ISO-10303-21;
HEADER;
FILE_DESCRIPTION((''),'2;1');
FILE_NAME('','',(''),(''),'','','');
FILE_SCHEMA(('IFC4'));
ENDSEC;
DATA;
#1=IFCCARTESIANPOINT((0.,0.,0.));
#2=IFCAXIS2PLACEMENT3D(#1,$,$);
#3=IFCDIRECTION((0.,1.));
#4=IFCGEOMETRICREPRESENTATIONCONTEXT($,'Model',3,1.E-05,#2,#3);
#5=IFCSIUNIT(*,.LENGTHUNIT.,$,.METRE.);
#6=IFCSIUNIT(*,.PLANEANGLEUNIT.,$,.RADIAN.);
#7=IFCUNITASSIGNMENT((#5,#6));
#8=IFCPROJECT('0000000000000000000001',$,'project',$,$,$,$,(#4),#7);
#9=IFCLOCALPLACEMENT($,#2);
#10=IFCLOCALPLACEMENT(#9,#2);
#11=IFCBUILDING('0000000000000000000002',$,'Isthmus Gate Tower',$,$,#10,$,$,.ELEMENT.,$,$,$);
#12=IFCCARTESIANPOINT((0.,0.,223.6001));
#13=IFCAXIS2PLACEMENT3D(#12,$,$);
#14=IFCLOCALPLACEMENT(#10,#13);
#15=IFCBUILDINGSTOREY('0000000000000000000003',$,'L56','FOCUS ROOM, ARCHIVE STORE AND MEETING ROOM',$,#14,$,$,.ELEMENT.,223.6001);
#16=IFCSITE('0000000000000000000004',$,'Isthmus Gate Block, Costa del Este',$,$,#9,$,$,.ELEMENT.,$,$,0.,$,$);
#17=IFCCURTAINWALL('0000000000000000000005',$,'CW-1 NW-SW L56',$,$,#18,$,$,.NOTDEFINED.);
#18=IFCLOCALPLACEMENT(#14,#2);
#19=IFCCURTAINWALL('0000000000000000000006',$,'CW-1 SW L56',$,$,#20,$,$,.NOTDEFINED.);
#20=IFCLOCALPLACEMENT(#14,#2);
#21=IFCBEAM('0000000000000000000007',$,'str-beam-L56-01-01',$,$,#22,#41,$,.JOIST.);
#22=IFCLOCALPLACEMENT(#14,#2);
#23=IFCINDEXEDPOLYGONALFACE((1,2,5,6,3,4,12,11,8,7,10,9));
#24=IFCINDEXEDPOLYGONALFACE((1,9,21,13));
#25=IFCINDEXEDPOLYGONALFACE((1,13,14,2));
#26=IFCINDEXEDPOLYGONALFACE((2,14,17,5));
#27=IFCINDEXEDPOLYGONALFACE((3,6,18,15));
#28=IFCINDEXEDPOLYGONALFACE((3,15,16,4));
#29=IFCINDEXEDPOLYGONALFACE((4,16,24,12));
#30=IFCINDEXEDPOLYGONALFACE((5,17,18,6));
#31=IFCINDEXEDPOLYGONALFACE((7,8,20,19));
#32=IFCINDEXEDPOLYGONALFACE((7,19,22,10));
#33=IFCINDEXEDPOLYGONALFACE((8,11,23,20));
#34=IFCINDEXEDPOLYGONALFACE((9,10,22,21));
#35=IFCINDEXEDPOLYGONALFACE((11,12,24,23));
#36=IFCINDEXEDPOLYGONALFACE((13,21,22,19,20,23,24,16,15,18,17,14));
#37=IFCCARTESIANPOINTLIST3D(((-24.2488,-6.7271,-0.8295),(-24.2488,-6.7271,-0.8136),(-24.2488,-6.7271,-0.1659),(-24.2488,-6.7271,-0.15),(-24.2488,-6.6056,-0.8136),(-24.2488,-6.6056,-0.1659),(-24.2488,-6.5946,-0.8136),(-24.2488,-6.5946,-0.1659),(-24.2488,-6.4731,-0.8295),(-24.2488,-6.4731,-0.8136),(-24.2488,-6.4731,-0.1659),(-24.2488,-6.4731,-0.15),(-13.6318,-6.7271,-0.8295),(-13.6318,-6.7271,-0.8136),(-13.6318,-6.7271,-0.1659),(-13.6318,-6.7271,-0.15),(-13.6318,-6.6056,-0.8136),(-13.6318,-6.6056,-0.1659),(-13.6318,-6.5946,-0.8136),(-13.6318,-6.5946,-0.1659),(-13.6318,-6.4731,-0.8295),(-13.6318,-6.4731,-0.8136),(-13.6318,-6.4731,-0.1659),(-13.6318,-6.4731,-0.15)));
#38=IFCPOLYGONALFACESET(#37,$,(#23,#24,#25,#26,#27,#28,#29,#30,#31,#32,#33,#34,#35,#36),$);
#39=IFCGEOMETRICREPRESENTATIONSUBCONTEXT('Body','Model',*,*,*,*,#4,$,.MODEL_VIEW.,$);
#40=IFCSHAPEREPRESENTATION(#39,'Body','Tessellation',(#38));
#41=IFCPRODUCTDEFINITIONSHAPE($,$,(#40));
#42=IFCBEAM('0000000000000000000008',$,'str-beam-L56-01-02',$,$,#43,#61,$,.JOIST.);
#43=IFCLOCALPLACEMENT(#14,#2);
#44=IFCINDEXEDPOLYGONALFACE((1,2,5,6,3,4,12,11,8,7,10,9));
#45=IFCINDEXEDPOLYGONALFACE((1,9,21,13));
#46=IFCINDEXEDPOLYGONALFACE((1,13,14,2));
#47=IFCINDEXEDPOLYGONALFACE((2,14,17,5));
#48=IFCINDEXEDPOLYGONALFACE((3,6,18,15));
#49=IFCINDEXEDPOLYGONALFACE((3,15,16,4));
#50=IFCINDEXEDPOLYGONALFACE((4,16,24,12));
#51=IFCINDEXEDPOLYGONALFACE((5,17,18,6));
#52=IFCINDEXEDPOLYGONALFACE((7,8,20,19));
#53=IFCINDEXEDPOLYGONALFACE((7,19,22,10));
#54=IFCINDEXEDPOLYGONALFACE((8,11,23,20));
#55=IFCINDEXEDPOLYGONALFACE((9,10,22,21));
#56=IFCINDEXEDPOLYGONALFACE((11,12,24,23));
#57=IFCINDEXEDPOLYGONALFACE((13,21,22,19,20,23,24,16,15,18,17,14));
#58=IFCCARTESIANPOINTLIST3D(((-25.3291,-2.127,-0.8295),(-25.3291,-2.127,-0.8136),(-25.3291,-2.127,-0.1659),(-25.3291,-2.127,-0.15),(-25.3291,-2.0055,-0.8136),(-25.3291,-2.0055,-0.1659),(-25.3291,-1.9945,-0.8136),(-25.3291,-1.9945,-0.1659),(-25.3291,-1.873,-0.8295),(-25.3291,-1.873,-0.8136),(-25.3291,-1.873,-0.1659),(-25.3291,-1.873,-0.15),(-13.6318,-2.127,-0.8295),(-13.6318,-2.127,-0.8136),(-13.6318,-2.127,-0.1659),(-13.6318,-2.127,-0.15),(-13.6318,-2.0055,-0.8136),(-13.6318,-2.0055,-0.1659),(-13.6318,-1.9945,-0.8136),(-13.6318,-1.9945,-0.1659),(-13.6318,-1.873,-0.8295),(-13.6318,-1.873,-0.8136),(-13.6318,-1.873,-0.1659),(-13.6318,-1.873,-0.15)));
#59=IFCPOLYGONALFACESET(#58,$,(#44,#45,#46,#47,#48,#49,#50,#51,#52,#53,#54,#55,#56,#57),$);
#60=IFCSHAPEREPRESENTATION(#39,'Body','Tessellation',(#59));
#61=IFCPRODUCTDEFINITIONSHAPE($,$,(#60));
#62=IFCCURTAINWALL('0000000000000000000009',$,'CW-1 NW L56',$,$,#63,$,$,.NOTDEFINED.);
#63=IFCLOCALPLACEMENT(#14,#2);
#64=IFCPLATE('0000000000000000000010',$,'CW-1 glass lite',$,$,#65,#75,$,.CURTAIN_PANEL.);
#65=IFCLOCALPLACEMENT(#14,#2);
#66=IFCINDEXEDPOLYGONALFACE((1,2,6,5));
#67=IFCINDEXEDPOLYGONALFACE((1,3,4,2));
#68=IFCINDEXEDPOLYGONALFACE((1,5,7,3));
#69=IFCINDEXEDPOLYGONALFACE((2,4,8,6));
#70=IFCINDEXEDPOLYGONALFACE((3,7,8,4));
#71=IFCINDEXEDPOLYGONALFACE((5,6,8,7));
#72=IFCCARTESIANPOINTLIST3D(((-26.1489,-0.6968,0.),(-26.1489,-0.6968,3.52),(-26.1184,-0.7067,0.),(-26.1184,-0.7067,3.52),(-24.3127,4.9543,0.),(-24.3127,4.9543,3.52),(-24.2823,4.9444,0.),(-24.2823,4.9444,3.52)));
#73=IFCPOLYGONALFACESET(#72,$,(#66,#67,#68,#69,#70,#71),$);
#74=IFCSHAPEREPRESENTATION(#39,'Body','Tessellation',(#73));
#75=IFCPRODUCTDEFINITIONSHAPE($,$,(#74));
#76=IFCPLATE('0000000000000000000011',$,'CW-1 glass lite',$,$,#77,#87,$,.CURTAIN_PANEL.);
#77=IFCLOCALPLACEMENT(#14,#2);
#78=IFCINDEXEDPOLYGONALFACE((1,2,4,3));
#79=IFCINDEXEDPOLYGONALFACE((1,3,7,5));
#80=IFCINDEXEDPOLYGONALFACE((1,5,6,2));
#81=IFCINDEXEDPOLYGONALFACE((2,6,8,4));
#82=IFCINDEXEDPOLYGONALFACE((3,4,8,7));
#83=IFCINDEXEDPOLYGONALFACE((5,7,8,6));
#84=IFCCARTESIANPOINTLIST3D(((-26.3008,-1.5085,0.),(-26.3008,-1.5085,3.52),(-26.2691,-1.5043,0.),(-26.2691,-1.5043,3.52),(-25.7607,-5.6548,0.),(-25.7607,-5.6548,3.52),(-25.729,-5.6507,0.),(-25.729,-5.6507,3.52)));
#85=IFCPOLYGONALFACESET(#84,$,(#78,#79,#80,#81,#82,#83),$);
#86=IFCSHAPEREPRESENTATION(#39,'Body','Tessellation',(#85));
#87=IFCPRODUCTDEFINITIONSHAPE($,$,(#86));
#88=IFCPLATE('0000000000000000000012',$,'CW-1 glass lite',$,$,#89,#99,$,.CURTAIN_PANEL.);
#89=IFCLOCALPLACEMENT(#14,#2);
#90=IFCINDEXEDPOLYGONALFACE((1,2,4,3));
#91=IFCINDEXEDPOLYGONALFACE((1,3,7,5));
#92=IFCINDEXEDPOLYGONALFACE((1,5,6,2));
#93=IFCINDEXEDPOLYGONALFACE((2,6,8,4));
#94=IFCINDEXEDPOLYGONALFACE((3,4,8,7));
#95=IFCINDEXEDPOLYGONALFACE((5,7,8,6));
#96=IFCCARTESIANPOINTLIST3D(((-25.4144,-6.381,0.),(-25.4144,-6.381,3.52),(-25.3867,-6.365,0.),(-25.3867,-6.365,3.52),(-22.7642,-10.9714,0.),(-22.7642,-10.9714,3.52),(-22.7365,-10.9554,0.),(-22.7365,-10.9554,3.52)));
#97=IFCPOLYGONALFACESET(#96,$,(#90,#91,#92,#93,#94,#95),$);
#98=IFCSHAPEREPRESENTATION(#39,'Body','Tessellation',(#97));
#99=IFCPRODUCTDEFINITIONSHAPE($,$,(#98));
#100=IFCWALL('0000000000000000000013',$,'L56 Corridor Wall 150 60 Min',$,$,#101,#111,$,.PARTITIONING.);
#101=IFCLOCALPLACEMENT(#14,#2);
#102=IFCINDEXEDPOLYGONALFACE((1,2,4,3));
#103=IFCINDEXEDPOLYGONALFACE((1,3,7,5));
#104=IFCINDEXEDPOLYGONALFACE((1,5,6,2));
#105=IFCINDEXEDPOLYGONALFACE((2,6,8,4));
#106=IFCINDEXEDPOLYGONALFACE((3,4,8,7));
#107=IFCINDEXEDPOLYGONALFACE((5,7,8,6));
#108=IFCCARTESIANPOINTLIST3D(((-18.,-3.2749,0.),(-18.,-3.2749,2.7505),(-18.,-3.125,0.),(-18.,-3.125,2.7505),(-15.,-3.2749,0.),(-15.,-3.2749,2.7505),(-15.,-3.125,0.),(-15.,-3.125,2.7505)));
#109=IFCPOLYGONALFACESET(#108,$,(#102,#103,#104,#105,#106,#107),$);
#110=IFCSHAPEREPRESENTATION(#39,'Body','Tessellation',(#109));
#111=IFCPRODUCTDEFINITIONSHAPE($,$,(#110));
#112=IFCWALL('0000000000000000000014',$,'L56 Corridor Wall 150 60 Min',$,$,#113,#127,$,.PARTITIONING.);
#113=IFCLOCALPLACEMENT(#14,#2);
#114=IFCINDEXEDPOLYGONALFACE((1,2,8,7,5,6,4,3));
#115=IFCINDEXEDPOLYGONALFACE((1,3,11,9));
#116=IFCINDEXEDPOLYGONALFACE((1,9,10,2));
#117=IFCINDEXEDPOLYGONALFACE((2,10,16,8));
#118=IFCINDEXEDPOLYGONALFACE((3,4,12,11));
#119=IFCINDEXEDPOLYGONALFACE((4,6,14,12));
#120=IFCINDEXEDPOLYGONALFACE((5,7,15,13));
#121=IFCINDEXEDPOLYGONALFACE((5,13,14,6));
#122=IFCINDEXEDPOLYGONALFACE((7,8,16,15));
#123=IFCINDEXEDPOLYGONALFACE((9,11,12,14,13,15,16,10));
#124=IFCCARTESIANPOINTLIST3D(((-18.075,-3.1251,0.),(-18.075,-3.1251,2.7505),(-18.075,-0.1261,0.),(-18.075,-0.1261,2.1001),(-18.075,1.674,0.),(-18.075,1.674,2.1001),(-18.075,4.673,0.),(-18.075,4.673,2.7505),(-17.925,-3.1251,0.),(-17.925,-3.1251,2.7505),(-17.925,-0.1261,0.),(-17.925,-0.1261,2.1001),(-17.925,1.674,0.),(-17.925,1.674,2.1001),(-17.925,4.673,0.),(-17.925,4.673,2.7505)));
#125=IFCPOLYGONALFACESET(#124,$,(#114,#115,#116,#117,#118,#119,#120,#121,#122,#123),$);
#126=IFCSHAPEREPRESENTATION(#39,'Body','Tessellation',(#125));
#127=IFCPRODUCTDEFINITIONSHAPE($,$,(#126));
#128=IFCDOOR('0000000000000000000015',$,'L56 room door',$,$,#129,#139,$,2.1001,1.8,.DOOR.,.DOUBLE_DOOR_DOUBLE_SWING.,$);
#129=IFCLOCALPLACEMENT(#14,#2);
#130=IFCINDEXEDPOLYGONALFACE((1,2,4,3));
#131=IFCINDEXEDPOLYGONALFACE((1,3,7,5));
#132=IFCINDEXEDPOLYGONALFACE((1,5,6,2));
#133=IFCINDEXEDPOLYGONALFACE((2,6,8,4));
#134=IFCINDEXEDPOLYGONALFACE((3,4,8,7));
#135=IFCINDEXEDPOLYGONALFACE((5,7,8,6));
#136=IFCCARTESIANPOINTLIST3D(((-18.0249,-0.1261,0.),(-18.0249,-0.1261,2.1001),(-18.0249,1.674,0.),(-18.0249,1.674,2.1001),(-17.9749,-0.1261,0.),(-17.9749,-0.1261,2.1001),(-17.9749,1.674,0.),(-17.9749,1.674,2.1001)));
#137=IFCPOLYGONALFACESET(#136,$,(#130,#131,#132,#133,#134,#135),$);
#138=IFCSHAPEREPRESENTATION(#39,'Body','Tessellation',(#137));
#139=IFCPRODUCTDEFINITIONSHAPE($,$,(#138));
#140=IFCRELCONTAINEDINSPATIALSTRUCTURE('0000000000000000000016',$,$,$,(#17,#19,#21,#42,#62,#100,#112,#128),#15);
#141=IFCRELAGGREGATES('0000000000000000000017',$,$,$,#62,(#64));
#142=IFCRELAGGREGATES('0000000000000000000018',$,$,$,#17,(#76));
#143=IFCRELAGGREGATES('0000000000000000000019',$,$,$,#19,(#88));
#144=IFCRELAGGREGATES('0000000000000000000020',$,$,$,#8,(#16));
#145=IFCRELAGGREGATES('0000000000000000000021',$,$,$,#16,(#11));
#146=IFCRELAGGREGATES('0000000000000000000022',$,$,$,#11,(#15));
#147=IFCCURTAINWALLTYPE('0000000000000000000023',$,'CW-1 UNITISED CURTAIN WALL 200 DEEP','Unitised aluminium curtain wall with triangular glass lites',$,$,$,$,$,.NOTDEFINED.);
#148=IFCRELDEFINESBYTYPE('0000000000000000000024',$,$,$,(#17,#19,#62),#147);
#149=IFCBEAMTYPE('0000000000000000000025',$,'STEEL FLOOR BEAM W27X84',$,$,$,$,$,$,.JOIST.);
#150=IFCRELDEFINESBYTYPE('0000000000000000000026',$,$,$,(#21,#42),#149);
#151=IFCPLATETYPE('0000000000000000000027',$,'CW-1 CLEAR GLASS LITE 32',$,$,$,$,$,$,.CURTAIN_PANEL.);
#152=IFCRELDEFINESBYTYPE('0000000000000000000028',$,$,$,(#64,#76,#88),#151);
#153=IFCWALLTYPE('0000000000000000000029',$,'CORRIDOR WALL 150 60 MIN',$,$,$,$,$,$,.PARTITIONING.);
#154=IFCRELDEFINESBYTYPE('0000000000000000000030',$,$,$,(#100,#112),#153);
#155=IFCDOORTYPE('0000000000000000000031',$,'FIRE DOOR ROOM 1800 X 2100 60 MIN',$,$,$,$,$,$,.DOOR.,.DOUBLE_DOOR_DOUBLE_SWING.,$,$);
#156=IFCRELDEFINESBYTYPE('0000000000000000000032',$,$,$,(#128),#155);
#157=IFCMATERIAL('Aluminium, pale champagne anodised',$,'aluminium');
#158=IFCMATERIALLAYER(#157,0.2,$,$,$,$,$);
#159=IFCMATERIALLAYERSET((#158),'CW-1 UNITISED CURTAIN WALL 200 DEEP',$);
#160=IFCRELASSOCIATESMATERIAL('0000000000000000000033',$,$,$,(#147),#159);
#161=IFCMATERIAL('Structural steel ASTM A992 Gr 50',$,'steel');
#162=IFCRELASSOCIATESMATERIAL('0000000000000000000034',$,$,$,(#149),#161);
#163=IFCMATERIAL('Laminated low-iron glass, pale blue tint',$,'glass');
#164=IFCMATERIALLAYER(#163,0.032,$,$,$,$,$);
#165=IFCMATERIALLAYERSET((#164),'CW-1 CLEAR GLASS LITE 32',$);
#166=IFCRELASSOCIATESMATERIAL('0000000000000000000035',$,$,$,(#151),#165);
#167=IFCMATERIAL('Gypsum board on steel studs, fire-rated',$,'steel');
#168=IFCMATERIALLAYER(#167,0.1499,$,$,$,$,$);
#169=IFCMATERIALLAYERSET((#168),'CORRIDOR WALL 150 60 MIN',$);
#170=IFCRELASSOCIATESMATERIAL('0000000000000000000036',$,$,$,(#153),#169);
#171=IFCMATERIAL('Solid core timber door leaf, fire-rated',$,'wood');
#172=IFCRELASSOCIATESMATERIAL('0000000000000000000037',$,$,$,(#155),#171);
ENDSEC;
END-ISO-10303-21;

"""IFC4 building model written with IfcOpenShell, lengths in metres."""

from ifc_helpers import new_model, si_unit, direction, frame, frame_2d, origin, origin_2d, place, context, subcontext, project, spatial, rectangle, i_section, extrude, material, layer, layer_set, material_profile, profile_set, type_object, element, fill, aggregate, save


model = new_model("IFC4")

# Units and contexts
model_context = context("Model", 3, precision=1e-05, world=origin(), true_north=direction((0.0, 1.0)))
body_context = subcontext(model_context, "Body", "Model", "MODEL_VIEW")
ifc_project = project(units=[si_unit("LENGTHUNIT", "METRE"), si_unit("PLANEANGLEUNIT", "RADIAN")], contexts=[model_context])

# Site, building, storey
site_placement = place(None, origin())
site = spatial("IfcSite", under=ifc_project, at=site_placement, Name="Isthmus Gate Block, Costa del Este", CompositionType="ELEMENT", RefElevation=0.0)
building_placement = place(site_placement, origin())
building = spatial("IfcBuilding", under=site, at=building_placement, Name="Isthmus Gate Tower", CompositionType="ELEMENT")
storey_placement = place(building_placement, frame((0.0, 0.0, 223.6001)))
storey = spatial("IfcBuildingStorey", under=building, at=storey_placement, Name="L56", Description="FOCUS ROOM, ARCHIVE STORE AND MEETING ROOM", CompositionType="ELEMENT", Elevation=223.6001)

# Curtain walls
ifc_material_1 = material(Name="Aluminium, pale champagne anodised", Category="aluminium")
ifc_layer_1 = layer(ifc_material_1, 0.2)
ifc_layer_set_1 = layer_set([ifc_layer_1], Name="CW-1 UNITISED CURTAIN WALL 200 DEEP")
curtain_wall_type = type_object("IfcCurtainWallType", Name="CW-1 UNITISED CURTAIN WALL 200 DEEP", Description="Unitised aluminium curtain wall with triangular glass lites", PredefinedType="NOTDEFINED", material=ifc_layer_set_1)
curtain_wall_1_placement = place(storey_placement, origin())
curtain_wall_1 = element("IfcCurtainWall", 1, at=curtain_wall_1_placement, inside=storey, type_object=curtain_wall_type, Name="CW-1 NW-SW L56", PredefinedType="NOTDEFINED")
curtain_wall_2_placement = place(storey_placement, origin())
curtain_wall_2 = element("IfcCurtainWall", 2, at=curtain_wall_2_placement, inside=storey, type_object=curtain_wall_type, Name="CW-1 SW L56", PredefinedType="NOTDEFINED")

# Beams
ifc_material_2 = material(Name="Structural steel ASTM A992 Gr 50", Category="steel")
ifc_material_profile_1 = material_profile(ifc_material_2, i_section(OverallWidth=0.2539, OverallDepth=0.6794, WebThickness=0.011, FlangeThickness=0.0159, at=origin_2d()), Name="W27X84")
ifc_profile_set_1 = profile_set([ifc_material_profile_1], Name="Structural steel ASTM A992 Gr 50")
beam_type_1 = type_object("IfcBeamType", Name="STEEL FLOOR BEAM W27X84", PredefinedType="JOIST", material=ifc_profile_set_1)
beam_1_placement = place(storey_placement, frame((-24.2488, -6.6001, -0.4897), z_axis=(1.0, 0.0, 0.0), x_axis=(0.0, 1.0, 0.0)))
element("IfcBeam", 3, at=beam_1_placement, inside=storey, type_object=beam_type_1, Name="str-beam-L56-01-01", PredefinedType="JOIST", context=body_context, shape_type="SweptSolid", body=[
    extrude(i_section(OverallWidth=0.2539, OverallDepth=0.6794, WebThickness=0.011, FlangeThickness=0.0159, at=origin_2d()), origin(), (0.0, 0.0, 1.0), 10.6169),
])
beam_2_placement = place(storey_placement, frame((-25.3291, -2.0, -0.4897), z_axis=(1.0, 0.0, 0.0), x_axis=(0.0, 1.0, 0.0)))
element("IfcBeam", 4, at=beam_2_placement, inside=storey, type_object=beam_type_1, Name="str-beam-L56-01-02", PredefinedType="JOIST", context=body_context, shape_type="SweptSolid", body=[
    extrude(i_section(OverallWidth=0.2539, OverallDepth=0.6794, WebThickness=0.011, FlangeThickness=0.0159, at=origin_2d()), origin(), (0.0, 0.0, 1.0), 11.6973),
])

# Curtain wall, plate
curtain_wall_3_placement = place(storey_placement, origin())
curtain_wall_3 = element("IfcCurtainWall", 5, at=curtain_wall_3_placement, inside=storey, type_object=curtain_wall_type, Name="CW-1 NW L56", PredefinedType="NOTDEFINED")
ifc_material_3 = material(Name="Laminated low-iron glass, pale blue tint", Category="glass")
ifc_layer_2 = layer(ifc_material_3, 0.032)
ifc_layer_set_2 = layer_set([ifc_layer_2], Name="CW-1 CLEAR GLASS LITE 32")
plate_type = type_object("IfcPlateType", Name="CW-1 CLEAR GLASS LITE 32", PredefinedType="CURTAIN_PANEL", material=ifc_layer_set_2)
plate_1_placement = place(storey_placement, frame((-25.2156, 2.1238, 0.0), z_axis=(0.0, 0.0, 1.0), x_axis=(-0.309017, -0.951057, 0.0)))
plate_1 = element("IfcPlate", 6, at=plate_1_placement, type_object=plate_type, Name="CW-1 glass lite", PredefinedType="CURTAIN_PANEL", context=body_context, shape_type="SweptSolid", body=[
    extrude(rectangle(XDim=5.9419, YDim=0.032, at=origin_2d()), origin(), (0.0, 0.0, 1.0), 3.52),
])
aggregate(curtain_wall_3, [plate_1])

# Plates
plate_2_placement = place(storey_placement, frame((-26.0149, -3.5796, 0.0), z_axis=(0.0, 0.0, 1.0), x_axis=(0.129165, -0.991623, 0.0)))
plate_2 = element("IfcPlate", 7, at=plate_2_placement, type_object=plate_type, Name="CW-1 glass lite", PredefinedType="CURTAIN_PANEL", context=body_context, shape_type="SweptSolid", body=[
    extrude(rectangle(XDim=4.1814, YDim=0.032, at=origin_2d()), origin(), (0.0, 0.0, 1.0), 3.52),
])
aggregate(curtain_wall_1, [plate_2])
plate_3_placement = place(storey_placement, frame((-24.0754, -8.6682, 0.0), z_axis=(0.0, 0.0, 1.0), x_axis=(0.5, -0.866025, 0.0)))
plate_3 = element("IfcPlate", 8, at=plate_3_placement, type_object=plate_type, Name="CW-1 glass lite", PredefinedType="CURTAIN_PANEL", context=body_context, shape_type="SweptSolid", body=[
    extrude(rectangle(XDim=5.3005, YDim=0.032, at=origin_2d()), origin(), (0.0, 0.0, 1.0), 3.52),
])
aggregate(curtain_wall_2, [plate_3])

# Wall
ifc_material_4 = material(Name="Gypsum board on steel studs, fire-rated", Category="steel")
ifc_layer_3 = layer(ifc_material_4, 0.1499)
ifc_layer_set_3 = layer_set([ifc_layer_3], Name="CORRIDOR WALL 150 60 MIN")
wall_type = type_object("IfcWallType", Name="CORRIDOR WALL 150 60 MIN", PredefinedType="PARTITIONING", material=ifc_layer_set_3)
wall_1_placement = place(storey_placement, frame((-15.0, -3.2, 0.0), z_axis=(0.0, 0.0, 1.0), x_axis=(-1.0, 0.0, 0.0)))
element("IfcWall", 9, at=wall_1_placement, inside=storey, type_object=wall_type, Name="L56 Corridor Wall 150 60 Min", PredefinedType="PARTITIONING", context=body_context, shape_type="SweptSolid", body=[
    extrude(rectangle(XDim=3.0, YDim=0.1499, at=frame_2d((1.5, 0.0))), origin(), (0.0, 0.0, 1.0), 2.7505),
])

# Wall, opening, door
wall_2_placement = place(storey_placement, frame((-18.0, -3.125, 0.0), z_axis=(0.0, 0.0, 1.0), x_axis=(0.0, 1.0, 0.0)))
wall_2 = element("IfcWall", 10, at=wall_2_placement, inside=storey, type_object=wall_type, Name="L56 Corridor Wall 150 60 Min", PredefinedType="PARTITIONING", context=body_context, shape_type="SweptSolid", body=[
    extrude(rectangle(XDim=7.7981, YDim=0.1499, at=frame_2d((3.8989, 0.0))), origin(), (0.0, 0.0, 1.0), 2.7505),
])
opening_placement = place(wall_2_placement, frame((2.999, 0.0, 0.0)))
opening = element("IfcOpeningElement", 11, at=opening_placement, cuts=wall_2, PredefinedType="OPENING", context=body_context, shape_type="SweptSolid", body=[
    extrude(rectangle(XDim=1.8, YDim=2.1001, at=frame_2d((0.8999, 1.05))), frame((0.0, 0.085, 0.0), z_axis=(0.0, -1.0, 0.0), x_axis=(1.0, 0.0, 0.0)), (0.0, 0.0, 1.0), 0.1699),
])
ifc_material_5 = material(Name="Solid core timber door leaf, fire-rated", Category="wood")
door_type = type_object("IfcDoorType", Name="FIRE DOOR ROOM 1800 X 2100 60 MIN", OperationType="DOUBLE_DOOR_DOUBLE_SWING", PredefinedType="DOOR", material=ifc_material_5)
door_placement = place(opening_placement, origin())
door = element("IfcDoor", 12, at=door_placement, inside=storey, type_object=door_type, Name="L56 room door", OperationType="DOUBLE_DOOR_DOUBLE_SWING", OverallHeight=2.1001, OverallWidth=1.8, PredefinedType="DOOR", context=body_context, shape_type="SweptSolid", body=[
    extrude(rectangle(XDim=1.8, YDim=2.1001, at=frame_2d((0.8999, 1.05))), frame((0.0, 0.0249, 0.0), z_axis=(0.0, -1.0, 0.0), x_axis=(1.0, 0.0, 0.0)), (0.0, 0.0, 1.0), 0.05),
])
fill(opening, door)

save(model, "model.ifc")
